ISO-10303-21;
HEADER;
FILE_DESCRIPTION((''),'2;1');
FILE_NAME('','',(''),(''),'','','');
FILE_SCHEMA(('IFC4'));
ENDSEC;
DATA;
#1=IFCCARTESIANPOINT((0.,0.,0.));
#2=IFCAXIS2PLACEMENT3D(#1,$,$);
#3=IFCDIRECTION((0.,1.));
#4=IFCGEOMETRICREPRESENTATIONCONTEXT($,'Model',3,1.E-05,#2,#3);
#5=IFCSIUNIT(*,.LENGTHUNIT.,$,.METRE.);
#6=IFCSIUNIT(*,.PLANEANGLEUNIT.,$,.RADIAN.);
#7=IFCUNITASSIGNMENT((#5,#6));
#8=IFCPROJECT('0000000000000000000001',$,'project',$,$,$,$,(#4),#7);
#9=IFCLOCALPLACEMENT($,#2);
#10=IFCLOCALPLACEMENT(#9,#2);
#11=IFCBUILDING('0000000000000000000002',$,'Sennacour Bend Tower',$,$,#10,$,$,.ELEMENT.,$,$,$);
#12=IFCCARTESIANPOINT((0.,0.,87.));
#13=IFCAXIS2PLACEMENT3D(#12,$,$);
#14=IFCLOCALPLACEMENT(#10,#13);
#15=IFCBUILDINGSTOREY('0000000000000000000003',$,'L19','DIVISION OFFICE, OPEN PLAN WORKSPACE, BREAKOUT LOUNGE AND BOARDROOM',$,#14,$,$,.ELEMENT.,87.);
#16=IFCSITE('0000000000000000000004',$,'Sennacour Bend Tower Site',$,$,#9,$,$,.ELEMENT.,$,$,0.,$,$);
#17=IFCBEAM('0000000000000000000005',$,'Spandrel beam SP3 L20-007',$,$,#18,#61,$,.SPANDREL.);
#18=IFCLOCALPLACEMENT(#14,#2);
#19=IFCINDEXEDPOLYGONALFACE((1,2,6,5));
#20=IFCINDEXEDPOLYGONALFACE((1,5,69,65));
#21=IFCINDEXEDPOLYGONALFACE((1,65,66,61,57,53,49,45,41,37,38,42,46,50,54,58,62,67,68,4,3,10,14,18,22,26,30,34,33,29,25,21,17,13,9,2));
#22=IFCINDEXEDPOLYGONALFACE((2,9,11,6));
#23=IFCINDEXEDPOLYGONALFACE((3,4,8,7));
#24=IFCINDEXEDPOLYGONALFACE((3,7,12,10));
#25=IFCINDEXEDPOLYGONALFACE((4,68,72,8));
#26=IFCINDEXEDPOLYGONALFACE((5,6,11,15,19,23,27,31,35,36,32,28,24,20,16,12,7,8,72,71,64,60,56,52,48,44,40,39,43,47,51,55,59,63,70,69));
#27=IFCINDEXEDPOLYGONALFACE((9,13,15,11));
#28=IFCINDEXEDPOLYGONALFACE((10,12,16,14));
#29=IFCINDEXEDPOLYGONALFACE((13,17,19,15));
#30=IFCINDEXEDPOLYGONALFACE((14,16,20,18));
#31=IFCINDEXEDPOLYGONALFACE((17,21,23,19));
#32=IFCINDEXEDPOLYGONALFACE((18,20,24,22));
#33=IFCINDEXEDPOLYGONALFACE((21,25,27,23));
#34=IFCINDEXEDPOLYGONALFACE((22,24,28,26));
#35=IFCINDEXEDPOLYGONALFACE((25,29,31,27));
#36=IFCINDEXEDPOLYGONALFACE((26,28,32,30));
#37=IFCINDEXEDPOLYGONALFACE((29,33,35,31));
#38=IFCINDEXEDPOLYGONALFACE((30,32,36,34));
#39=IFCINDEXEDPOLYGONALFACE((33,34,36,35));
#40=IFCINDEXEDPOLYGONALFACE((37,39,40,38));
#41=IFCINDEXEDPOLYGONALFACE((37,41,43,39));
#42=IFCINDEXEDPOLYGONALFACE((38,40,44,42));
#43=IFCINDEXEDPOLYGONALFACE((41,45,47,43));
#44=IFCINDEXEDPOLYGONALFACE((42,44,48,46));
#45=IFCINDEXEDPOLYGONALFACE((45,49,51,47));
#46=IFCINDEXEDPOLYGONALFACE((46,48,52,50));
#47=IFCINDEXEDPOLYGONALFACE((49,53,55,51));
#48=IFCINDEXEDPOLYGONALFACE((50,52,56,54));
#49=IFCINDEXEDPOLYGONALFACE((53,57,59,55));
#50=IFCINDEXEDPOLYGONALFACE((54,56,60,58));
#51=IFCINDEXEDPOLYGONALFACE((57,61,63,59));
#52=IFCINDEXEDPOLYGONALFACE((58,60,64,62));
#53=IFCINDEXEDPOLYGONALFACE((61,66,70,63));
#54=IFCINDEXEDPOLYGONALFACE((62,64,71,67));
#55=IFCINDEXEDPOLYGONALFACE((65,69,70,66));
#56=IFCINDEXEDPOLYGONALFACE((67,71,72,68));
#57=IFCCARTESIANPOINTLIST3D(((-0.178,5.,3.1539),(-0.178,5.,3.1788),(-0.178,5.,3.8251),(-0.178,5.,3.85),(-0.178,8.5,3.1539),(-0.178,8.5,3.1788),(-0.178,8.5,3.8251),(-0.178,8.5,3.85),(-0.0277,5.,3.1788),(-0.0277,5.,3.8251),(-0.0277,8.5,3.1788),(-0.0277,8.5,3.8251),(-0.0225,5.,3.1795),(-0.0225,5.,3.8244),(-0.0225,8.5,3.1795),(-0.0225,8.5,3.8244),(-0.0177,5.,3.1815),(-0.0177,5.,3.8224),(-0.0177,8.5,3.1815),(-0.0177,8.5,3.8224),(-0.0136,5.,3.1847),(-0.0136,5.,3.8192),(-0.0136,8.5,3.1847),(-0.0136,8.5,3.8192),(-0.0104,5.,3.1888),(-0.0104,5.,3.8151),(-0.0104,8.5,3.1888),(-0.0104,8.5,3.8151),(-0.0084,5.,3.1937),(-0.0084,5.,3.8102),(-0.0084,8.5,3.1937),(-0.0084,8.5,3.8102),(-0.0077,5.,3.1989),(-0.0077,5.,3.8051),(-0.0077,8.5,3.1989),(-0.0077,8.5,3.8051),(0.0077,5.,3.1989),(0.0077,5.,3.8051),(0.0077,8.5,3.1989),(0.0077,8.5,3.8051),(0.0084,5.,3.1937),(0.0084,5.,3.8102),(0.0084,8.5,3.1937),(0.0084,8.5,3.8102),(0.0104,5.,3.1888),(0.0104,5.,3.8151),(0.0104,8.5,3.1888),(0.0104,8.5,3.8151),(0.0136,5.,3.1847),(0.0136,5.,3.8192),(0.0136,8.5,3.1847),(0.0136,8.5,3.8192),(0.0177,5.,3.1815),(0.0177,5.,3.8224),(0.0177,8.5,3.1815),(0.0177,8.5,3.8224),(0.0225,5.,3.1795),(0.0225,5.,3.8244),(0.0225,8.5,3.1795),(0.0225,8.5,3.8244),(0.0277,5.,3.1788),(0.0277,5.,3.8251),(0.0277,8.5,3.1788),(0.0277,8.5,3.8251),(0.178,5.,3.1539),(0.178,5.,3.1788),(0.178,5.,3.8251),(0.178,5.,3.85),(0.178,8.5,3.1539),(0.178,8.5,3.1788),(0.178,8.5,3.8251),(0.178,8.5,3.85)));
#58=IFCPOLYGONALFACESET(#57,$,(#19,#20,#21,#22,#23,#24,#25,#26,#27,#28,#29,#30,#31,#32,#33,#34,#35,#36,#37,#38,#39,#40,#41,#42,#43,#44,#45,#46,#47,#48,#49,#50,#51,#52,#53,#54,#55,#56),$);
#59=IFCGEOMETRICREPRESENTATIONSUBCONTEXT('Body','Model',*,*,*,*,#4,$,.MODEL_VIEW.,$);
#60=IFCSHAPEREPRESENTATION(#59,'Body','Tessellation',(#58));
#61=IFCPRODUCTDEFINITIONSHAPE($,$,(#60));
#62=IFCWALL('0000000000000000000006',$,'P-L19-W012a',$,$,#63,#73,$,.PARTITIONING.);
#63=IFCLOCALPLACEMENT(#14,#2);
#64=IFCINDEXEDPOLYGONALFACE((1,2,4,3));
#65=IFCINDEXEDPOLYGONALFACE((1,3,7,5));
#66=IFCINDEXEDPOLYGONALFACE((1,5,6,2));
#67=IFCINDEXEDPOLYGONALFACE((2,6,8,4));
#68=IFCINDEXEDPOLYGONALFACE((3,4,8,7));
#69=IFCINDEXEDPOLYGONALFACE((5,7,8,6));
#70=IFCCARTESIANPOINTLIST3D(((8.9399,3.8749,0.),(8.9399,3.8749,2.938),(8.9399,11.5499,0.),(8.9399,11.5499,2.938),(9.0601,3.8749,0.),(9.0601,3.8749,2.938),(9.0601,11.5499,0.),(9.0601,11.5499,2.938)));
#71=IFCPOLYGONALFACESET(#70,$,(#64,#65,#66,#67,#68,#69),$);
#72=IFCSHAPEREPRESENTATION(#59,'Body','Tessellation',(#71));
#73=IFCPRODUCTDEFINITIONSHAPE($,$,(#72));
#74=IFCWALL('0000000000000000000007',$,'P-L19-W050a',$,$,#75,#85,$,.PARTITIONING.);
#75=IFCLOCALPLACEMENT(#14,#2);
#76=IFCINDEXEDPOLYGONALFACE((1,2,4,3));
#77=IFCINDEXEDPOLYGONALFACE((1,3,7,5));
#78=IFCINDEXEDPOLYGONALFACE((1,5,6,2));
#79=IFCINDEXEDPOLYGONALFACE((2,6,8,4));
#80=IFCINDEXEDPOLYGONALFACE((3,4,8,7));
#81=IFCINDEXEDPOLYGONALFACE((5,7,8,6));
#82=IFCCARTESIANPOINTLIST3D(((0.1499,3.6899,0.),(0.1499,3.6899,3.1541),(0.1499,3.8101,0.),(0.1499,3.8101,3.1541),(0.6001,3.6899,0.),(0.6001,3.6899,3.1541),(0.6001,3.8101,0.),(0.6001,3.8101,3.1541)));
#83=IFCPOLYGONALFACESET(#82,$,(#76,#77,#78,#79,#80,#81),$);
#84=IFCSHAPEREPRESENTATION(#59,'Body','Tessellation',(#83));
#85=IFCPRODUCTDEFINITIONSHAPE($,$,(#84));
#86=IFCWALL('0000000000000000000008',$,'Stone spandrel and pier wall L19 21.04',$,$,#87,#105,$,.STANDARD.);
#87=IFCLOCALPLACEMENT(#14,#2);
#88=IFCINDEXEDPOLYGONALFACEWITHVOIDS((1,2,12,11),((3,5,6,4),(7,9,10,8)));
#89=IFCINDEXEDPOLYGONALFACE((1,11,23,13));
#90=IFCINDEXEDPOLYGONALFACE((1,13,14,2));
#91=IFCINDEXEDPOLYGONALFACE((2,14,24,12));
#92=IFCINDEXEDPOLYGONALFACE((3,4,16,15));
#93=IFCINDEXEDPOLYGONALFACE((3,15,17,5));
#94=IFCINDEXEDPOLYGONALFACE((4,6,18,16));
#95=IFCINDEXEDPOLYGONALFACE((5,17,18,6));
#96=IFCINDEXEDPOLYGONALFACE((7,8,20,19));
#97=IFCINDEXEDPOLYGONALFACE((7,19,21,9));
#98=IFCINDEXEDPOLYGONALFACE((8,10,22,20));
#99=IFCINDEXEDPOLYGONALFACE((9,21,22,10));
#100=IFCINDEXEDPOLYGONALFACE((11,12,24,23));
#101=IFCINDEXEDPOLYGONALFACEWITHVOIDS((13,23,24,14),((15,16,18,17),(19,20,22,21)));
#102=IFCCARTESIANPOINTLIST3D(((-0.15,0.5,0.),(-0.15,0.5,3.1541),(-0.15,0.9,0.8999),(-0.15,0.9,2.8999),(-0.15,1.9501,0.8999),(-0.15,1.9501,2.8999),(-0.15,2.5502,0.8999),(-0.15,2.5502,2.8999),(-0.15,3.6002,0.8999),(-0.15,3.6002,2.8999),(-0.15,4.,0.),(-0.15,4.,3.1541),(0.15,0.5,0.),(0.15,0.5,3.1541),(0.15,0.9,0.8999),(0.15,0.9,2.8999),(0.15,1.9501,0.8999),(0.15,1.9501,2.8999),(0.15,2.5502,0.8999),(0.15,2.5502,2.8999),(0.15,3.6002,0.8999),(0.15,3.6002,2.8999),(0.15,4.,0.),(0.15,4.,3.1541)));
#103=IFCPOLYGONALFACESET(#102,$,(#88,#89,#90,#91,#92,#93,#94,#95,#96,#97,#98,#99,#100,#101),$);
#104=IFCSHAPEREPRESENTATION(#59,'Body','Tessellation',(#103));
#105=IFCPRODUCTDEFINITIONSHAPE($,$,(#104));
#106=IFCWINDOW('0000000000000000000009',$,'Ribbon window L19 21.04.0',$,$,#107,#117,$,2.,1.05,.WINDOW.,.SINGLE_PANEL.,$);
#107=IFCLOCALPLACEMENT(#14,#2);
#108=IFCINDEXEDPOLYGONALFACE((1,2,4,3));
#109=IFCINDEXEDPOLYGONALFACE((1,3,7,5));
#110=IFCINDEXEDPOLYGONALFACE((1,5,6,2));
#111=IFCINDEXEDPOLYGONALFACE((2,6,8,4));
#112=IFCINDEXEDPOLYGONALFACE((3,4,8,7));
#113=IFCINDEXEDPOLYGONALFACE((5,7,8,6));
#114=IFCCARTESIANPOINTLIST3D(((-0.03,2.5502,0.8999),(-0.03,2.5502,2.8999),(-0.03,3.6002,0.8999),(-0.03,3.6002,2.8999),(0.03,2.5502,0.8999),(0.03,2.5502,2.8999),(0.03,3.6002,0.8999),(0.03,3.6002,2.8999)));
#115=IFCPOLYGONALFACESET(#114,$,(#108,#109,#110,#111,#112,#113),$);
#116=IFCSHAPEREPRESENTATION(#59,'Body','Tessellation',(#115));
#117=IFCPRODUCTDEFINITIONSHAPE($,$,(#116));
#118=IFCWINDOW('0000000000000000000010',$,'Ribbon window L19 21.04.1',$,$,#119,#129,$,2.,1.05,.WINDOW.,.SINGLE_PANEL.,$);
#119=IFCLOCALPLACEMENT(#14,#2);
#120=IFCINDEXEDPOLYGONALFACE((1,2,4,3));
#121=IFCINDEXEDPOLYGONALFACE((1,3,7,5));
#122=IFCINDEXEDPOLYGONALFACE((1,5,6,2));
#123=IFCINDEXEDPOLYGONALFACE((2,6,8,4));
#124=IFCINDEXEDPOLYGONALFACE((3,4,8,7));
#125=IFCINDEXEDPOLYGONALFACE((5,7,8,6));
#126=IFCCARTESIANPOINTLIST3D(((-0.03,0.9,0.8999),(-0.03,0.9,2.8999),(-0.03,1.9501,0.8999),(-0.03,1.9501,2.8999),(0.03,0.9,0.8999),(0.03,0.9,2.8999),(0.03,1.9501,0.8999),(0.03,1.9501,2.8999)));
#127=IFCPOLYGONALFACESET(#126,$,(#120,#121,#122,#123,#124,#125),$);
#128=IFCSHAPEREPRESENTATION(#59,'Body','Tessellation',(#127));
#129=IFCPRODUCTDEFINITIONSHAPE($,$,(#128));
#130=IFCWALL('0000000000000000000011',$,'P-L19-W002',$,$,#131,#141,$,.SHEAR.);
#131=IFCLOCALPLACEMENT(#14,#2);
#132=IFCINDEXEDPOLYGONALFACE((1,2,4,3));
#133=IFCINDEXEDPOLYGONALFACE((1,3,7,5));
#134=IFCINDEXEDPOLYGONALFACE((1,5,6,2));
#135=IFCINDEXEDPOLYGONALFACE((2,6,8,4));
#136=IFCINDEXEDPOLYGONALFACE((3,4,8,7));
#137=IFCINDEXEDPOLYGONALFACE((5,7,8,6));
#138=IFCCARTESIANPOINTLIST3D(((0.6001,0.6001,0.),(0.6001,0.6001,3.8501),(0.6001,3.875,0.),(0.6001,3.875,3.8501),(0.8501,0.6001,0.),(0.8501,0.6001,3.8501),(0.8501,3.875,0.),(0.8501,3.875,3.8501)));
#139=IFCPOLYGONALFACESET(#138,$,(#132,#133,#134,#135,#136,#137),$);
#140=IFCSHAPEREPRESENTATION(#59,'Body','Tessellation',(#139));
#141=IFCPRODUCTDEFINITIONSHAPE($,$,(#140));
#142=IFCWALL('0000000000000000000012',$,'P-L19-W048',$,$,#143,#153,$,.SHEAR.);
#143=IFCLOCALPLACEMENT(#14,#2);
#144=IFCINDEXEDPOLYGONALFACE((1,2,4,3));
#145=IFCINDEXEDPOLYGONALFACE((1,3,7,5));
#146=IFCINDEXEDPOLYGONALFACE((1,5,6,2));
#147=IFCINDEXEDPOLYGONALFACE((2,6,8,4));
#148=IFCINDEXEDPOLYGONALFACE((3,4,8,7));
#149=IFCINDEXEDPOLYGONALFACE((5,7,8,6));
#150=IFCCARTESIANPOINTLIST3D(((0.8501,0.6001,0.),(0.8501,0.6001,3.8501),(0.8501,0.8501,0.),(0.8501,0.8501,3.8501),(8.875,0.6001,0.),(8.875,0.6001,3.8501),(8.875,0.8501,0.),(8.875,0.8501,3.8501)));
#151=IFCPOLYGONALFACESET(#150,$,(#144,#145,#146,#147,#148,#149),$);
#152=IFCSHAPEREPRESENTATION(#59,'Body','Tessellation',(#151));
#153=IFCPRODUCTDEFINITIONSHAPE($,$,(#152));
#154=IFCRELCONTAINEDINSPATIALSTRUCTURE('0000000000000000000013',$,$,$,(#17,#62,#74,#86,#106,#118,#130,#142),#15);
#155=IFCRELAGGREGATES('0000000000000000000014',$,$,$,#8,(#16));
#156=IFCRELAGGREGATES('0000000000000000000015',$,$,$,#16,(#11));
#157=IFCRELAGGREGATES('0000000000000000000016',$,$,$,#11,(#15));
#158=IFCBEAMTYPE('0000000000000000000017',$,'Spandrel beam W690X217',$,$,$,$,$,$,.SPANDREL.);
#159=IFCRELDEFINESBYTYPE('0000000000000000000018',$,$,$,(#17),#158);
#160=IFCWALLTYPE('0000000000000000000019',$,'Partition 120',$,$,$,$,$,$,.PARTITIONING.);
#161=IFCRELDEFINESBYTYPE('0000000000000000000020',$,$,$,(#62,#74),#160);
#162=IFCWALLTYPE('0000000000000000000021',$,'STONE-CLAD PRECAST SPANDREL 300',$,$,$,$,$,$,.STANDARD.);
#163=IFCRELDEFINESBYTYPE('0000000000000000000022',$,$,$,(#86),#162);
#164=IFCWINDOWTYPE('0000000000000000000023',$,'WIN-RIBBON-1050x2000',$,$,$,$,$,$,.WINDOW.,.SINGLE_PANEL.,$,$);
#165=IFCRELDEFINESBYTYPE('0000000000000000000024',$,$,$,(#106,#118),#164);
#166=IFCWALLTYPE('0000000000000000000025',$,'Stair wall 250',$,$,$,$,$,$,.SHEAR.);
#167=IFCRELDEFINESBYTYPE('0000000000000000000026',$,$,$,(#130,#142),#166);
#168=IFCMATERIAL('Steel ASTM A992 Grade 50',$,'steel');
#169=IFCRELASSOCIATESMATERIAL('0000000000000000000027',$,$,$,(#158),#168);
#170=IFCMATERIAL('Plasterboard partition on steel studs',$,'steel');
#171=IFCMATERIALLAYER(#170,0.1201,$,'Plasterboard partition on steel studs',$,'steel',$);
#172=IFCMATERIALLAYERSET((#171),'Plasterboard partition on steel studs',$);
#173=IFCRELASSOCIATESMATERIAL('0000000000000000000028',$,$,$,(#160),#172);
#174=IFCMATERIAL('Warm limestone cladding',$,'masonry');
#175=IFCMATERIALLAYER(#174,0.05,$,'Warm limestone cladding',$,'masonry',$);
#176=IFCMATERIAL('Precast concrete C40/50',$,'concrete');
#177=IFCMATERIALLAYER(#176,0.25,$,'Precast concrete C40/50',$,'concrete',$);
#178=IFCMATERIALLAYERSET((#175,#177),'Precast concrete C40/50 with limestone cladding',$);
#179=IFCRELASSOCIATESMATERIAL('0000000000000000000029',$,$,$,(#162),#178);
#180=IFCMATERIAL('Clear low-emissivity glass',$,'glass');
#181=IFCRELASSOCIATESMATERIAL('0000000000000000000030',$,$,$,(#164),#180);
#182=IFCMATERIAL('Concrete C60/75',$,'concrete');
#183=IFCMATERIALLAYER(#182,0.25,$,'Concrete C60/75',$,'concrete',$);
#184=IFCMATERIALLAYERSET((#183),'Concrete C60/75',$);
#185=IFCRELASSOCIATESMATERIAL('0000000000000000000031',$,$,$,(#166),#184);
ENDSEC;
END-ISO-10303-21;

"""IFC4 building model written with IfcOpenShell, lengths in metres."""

from ifc_helpers import new_model, si_unit, direction, frame, frame_2d, origin, origin_2d, place, context, subcontext, project, spatial, rectangle, i_section, extrude, material, layer, layer_set, material_profile, profile_set, type_object, element, fill, save


model = new_model("IFC4")

# Units and contexts
model_context = context("Model", 3, precision=1e-05, world=origin(), true_north=direction((0.0, 1.0)))
body_context = subcontext(model_context, "Body", "Model", "MODEL_VIEW")
ifc_project = project(units=[si_unit("LENGTHUNIT", "METRE"), si_unit("PLANEANGLEUNIT", "RADIAN")], contexts=[model_context])

# Site, building, storey
site_placement = place(None, origin())
site = spatial("IfcSite", under=ifc_project, at=site_placement, Name="Sennacour Bend Tower Site", CompositionType="ELEMENT", RefElevation=0.0)
building_placement = place(site_placement, origin())
building = spatial("IfcBuilding", under=site, at=building_placement, Name="Sennacour Bend Tower", CompositionType="ELEMENT")
storey_placement = place(building_placement, frame((0.0, 0.0, 87.0)))
storey = spatial("IfcBuildingStorey", under=building, at=storey_placement, Name="L19", Description="DIVISION OFFICE, OPEN PLAN WORKSPACE, BREAKOUT LOUNGE AND BOARDROOM", CompositionType="ELEMENT", Elevation=87.0)

# Beam
ifc_material_1 = material(Name="Steel ASTM A992 Grade 50", Category="steel")
ifc_material_profile_1 = material_profile(ifc_material_1, i_section(OverallWidth=0.356, OverallDepth=0.696, WebThickness=0.0154, FlangeThickness=0.0249, FilletRadius=0.02, at=origin_2d()), Name="Steel ASTM A992 Grade 50", Category="steel")
ifc_profile_set_1 = profile_set([ifc_material_profile_1], Name="Steel ASTM A992 Grade 50")
beam_type_1 = type_object("IfcBeamType", Name="Spandrel beam W690X217", PredefinedType="SPANDREL", material=ifc_profile_set_1)
beam_placement = place(storey_placement, frame((0.0, 5.0, 3.502), z_axis=(0.0, 1.0, 0.0), x_axis=(-1.0, 0.0, 0.0)))
element("IfcBeam", 1, at=beam_placement, inside=storey, type_object=beam_type_1, Name="Spandrel beam SP3 L20-007", PredefinedType="SPANDREL", context=body_context, shape_type="SweptSolid", body=[
    extrude(i_section(OverallWidth=0.356, OverallDepth=0.696, WebThickness=0.0154, FlangeThickness=0.0249, FilletRadius=0.02, at=origin_2d()), origin(), (0.0, 0.0, 1.0), 3.5),
])

# Walls
ifc_material_2 = material(Name="Plasterboard partition on steel studs", Category="steel")
ifc_layer_1 = layer(ifc_material_2, 0.1201, Name="Plasterboard partition on steel studs", Category="steel")
ifc_layer_set_1 = layer_set([ifc_layer_1], Name="Plasterboard partition on steel studs")
wall_type_1 = type_object("IfcWallType", Name="Partition 120", PredefinedType="PARTITIONING", material=ifc_layer_set_1)
wall_1_placement = place(storey_placement, frame((9.0, 3.875, 0.0), z_axis=(0.0, 0.0, 1.0), x_axis=(0.0, 1.0, 0.0)))
element("IfcWall", 2, at=wall_1_placement, inside=storey, type_object=wall_type_1, Name="P-L19-W012a", PredefinedType="PARTITIONING", context=body_context, shape_type="SweptSolid", body=[
    extrude(rectangle(XDim=7.675, YDim=0.1201, at=frame_2d((3.8374, 0.0))), origin(), (0.0, 0.0, 1.0), 2.938),
])
wall_2_placement = place(storey_placement, frame((0.1499, 3.75, 0.0), z_axis=(0.0, 0.0, 1.0), x_axis=(1.0, 0.0, 0.0)))
element("IfcWall", 3, at=wall_2_placement, inside=storey, type_object=wall_type_1, Name="P-L19-W050a", PredefinedType="PARTITIONING", context=body_context, shape_type="SweptSolid", body=[
    extrude(rectangle(XDim=0.4502, YDim=0.1201, at=frame_2d((0.2251, 0.0))), origin(), (0.0, 0.0, 1.0), 3.1541),
])

# Wall, openings, windows
ifc_material_3 = material(Name="Warm limestone cladding", Category="masonry")
ifc_layer_2 = layer(ifc_material_3, 0.05, Name="Warm limestone cladding", Category="masonry")
ifc_material_4 = material(Name="Precast concrete C40/50", Category="concrete")
ifc_layer_3 = layer(ifc_material_4, 0.25, Name="Precast concrete C40/50", Category="concrete")
ifc_layer_set_2 = layer_set([ifc_layer_2, ifc_layer_3], Name="Precast concrete C40/50 with limestone cladding")
wall_type_2 = type_object("IfcWallType", Name="STONE-CLAD PRECAST SPANDREL 300", PredefinedType="STANDARD", material=ifc_layer_set_2)
wall_3_placement = place(storey_placement, frame((0.0, 4.0, 0.0), z_axis=(0.0, 0.0, 1.0), x_axis=(0.0, -1.0, 0.0)))
wall_3 = element("IfcWall", 4, at=wall_3_placement, inside=storey, type_object=wall_type_2, Name="Stone spandrel and pier wall L19 21.04", PredefinedType="STANDARD", context=body_context, shape_type="SweptSolid", body=[
    extrude(rectangle(XDim=3.5, YDim=0.3, at=frame_2d((1.75, 0.0))), origin(), (0.0, 0.0, 1.0), 3.1541),
])
opening_1_placement = place(wall_3_placement, frame((0.3999, 0.0, 0.8999)))
opening_1 = element("IfcOpeningElement", 5, at=opening_1_placement, cuts=wall_3, PredefinedType="OPENING", context=body_context, shape_type="SweptSolid", body=[
    extrude(rectangle(XDim=1.05, YDim=2.0, at=frame_2d((0.5249, 1.0))), frame((0.0, 0.1602, 0.0), z_axis=(0.0, -1.0, 0.0), x_axis=(1.0, 0.0, 0.0)), (0.0, 0.0, 1.0), 0.3201),
])
opening_2_placement = place(wall_3_placement, frame((2.05, 0.0, 0.8999)))
opening_2 = element("IfcOpeningElement", 6, at=opening_2_placement, cuts=wall_3, PredefinedType="OPENING", context=body_context, shape_type="SweptSolid", body=[
    extrude(rectangle(XDim=1.05, YDim=2.0, at=frame_2d((0.5249, 1.0))), frame((0.0, 0.1602, 0.0), z_axis=(0.0, -1.0, 0.0), x_axis=(1.0, 0.0, 0.0)), (0.0, 0.0, 1.0), 0.3201),
])
ifc_material_5 = material(Name="Clear low-emissivity glass", Category="glass")
window_type = type_object("IfcWindowType", Name="WIN-RIBBON-1050x2000", PartitioningType="SINGLE_PANEL", PredefinedType="WINDOW", material=ifc_material_5)
window_1_placement = place(opening_1_placement, origin())
window_1 = element("IfcWindow", 7, at=window_1_placement, inside=storey, type_object=window_type, Name="Ribbon window L19 21.04.0", OverallHeight=2.0, OverallWidth=1.05, PartitioningType="SINGLE_PANEL", PredefinedType="WINDOW", context=body_context, shape_type="SweptSolid", body=[
    extrude(rectangle(XDim=1.05, YDim=2.0, at=frame_2d((0.5249, 1.0))), frame((0.0, 0.03, 0.0), z_axis=(0.0, -1.0, 0.0), x_axis=(1.0, 0.0, 0.0)), (0.0, 0.0, 1.0), 0.0601),
])
fill(opening_1, window_1)
window_2_placement = place(opening_2_placement, origin())
window_2 = element("IfcWindow", 8, at=window_2_placement, inside=storey, type_object=window_type, Name="Ribbon window L19 21.04.1", OverallHeight=2.0, OverallWidth=1.05, PartitioningType="SINGLE_PANEL", PredefinedType="WINDOW", context=body_context, shape_type="SweptSolid", body=[
    extrude(rectangle(XDim=1.05, YDim=2.0, at=frame_2d((0.5249, 1.0))), frame((0.0, 0.03, 0.0), z_axis=(0.0, -1.0, 0.0), x_axis=(1.0, 0.0, 0.0)), (0.0, 0.0, 1.0), 0.0601),
])
fill(opening_2, window_2)

# Walls
ifc_material_6 = material(Name="Concrete C60/75", Category="concrete")
ifc_layer_4 = layer(ifc_material_6, 0.25, Name="Concrete C60/75", Category="concrete")
ifc_layer_set_3 = layer_set([ifc_layer_4], Name="Concrete C60/75")
wall_type_3 = type_object("IfcWallType", Name="Stair wall 250", PredefinedType="SHEAR", material=ifc_layer_set_3)
wall_4_placement = place(storey_placement, frame((0.7251, 0.6001, 0.0), z_axis=(0.0, 0.0, 1.0), x_axis=(0.0, 1.0, 0.0)))
element("IfcWall", 9, at=wall_4_placement, inside=storey, type_object=wall_type_3, Name="P-L19-W002", PredefinedType="SHEAR", context=body_context, shape_type="SweptSolid", body=[
    extrude(rectangle(XDim=3.2749, YDim=0.25, at=frame_2d((1.6375, 0.0))), origin(), (0.0, 0.0, 1.0), 3.8501),
])
wall_5_placement = place(storey_placement, frame((0.8501, 0.7251, 0.0), z_axis=(0.0, 0.0, 1.0), x_axis=(1.0, 0.0, 0.0)))
element("IfcWall", 10, at=wall_5_placement, inside=storey, type_object=wall_type_3, Name="P-L19-W048", PredefinedType="SHEAR", context=body_context, shape_type="SweptSolid", body=[
    extrude(rectangle(XDim=8.0249, YDim=0.25, at=frame_2d((4.0125, 0.0))), origin(), (0.0, 0.0, 1.0), 3.8501),
])

save(model, "model.ifc")
